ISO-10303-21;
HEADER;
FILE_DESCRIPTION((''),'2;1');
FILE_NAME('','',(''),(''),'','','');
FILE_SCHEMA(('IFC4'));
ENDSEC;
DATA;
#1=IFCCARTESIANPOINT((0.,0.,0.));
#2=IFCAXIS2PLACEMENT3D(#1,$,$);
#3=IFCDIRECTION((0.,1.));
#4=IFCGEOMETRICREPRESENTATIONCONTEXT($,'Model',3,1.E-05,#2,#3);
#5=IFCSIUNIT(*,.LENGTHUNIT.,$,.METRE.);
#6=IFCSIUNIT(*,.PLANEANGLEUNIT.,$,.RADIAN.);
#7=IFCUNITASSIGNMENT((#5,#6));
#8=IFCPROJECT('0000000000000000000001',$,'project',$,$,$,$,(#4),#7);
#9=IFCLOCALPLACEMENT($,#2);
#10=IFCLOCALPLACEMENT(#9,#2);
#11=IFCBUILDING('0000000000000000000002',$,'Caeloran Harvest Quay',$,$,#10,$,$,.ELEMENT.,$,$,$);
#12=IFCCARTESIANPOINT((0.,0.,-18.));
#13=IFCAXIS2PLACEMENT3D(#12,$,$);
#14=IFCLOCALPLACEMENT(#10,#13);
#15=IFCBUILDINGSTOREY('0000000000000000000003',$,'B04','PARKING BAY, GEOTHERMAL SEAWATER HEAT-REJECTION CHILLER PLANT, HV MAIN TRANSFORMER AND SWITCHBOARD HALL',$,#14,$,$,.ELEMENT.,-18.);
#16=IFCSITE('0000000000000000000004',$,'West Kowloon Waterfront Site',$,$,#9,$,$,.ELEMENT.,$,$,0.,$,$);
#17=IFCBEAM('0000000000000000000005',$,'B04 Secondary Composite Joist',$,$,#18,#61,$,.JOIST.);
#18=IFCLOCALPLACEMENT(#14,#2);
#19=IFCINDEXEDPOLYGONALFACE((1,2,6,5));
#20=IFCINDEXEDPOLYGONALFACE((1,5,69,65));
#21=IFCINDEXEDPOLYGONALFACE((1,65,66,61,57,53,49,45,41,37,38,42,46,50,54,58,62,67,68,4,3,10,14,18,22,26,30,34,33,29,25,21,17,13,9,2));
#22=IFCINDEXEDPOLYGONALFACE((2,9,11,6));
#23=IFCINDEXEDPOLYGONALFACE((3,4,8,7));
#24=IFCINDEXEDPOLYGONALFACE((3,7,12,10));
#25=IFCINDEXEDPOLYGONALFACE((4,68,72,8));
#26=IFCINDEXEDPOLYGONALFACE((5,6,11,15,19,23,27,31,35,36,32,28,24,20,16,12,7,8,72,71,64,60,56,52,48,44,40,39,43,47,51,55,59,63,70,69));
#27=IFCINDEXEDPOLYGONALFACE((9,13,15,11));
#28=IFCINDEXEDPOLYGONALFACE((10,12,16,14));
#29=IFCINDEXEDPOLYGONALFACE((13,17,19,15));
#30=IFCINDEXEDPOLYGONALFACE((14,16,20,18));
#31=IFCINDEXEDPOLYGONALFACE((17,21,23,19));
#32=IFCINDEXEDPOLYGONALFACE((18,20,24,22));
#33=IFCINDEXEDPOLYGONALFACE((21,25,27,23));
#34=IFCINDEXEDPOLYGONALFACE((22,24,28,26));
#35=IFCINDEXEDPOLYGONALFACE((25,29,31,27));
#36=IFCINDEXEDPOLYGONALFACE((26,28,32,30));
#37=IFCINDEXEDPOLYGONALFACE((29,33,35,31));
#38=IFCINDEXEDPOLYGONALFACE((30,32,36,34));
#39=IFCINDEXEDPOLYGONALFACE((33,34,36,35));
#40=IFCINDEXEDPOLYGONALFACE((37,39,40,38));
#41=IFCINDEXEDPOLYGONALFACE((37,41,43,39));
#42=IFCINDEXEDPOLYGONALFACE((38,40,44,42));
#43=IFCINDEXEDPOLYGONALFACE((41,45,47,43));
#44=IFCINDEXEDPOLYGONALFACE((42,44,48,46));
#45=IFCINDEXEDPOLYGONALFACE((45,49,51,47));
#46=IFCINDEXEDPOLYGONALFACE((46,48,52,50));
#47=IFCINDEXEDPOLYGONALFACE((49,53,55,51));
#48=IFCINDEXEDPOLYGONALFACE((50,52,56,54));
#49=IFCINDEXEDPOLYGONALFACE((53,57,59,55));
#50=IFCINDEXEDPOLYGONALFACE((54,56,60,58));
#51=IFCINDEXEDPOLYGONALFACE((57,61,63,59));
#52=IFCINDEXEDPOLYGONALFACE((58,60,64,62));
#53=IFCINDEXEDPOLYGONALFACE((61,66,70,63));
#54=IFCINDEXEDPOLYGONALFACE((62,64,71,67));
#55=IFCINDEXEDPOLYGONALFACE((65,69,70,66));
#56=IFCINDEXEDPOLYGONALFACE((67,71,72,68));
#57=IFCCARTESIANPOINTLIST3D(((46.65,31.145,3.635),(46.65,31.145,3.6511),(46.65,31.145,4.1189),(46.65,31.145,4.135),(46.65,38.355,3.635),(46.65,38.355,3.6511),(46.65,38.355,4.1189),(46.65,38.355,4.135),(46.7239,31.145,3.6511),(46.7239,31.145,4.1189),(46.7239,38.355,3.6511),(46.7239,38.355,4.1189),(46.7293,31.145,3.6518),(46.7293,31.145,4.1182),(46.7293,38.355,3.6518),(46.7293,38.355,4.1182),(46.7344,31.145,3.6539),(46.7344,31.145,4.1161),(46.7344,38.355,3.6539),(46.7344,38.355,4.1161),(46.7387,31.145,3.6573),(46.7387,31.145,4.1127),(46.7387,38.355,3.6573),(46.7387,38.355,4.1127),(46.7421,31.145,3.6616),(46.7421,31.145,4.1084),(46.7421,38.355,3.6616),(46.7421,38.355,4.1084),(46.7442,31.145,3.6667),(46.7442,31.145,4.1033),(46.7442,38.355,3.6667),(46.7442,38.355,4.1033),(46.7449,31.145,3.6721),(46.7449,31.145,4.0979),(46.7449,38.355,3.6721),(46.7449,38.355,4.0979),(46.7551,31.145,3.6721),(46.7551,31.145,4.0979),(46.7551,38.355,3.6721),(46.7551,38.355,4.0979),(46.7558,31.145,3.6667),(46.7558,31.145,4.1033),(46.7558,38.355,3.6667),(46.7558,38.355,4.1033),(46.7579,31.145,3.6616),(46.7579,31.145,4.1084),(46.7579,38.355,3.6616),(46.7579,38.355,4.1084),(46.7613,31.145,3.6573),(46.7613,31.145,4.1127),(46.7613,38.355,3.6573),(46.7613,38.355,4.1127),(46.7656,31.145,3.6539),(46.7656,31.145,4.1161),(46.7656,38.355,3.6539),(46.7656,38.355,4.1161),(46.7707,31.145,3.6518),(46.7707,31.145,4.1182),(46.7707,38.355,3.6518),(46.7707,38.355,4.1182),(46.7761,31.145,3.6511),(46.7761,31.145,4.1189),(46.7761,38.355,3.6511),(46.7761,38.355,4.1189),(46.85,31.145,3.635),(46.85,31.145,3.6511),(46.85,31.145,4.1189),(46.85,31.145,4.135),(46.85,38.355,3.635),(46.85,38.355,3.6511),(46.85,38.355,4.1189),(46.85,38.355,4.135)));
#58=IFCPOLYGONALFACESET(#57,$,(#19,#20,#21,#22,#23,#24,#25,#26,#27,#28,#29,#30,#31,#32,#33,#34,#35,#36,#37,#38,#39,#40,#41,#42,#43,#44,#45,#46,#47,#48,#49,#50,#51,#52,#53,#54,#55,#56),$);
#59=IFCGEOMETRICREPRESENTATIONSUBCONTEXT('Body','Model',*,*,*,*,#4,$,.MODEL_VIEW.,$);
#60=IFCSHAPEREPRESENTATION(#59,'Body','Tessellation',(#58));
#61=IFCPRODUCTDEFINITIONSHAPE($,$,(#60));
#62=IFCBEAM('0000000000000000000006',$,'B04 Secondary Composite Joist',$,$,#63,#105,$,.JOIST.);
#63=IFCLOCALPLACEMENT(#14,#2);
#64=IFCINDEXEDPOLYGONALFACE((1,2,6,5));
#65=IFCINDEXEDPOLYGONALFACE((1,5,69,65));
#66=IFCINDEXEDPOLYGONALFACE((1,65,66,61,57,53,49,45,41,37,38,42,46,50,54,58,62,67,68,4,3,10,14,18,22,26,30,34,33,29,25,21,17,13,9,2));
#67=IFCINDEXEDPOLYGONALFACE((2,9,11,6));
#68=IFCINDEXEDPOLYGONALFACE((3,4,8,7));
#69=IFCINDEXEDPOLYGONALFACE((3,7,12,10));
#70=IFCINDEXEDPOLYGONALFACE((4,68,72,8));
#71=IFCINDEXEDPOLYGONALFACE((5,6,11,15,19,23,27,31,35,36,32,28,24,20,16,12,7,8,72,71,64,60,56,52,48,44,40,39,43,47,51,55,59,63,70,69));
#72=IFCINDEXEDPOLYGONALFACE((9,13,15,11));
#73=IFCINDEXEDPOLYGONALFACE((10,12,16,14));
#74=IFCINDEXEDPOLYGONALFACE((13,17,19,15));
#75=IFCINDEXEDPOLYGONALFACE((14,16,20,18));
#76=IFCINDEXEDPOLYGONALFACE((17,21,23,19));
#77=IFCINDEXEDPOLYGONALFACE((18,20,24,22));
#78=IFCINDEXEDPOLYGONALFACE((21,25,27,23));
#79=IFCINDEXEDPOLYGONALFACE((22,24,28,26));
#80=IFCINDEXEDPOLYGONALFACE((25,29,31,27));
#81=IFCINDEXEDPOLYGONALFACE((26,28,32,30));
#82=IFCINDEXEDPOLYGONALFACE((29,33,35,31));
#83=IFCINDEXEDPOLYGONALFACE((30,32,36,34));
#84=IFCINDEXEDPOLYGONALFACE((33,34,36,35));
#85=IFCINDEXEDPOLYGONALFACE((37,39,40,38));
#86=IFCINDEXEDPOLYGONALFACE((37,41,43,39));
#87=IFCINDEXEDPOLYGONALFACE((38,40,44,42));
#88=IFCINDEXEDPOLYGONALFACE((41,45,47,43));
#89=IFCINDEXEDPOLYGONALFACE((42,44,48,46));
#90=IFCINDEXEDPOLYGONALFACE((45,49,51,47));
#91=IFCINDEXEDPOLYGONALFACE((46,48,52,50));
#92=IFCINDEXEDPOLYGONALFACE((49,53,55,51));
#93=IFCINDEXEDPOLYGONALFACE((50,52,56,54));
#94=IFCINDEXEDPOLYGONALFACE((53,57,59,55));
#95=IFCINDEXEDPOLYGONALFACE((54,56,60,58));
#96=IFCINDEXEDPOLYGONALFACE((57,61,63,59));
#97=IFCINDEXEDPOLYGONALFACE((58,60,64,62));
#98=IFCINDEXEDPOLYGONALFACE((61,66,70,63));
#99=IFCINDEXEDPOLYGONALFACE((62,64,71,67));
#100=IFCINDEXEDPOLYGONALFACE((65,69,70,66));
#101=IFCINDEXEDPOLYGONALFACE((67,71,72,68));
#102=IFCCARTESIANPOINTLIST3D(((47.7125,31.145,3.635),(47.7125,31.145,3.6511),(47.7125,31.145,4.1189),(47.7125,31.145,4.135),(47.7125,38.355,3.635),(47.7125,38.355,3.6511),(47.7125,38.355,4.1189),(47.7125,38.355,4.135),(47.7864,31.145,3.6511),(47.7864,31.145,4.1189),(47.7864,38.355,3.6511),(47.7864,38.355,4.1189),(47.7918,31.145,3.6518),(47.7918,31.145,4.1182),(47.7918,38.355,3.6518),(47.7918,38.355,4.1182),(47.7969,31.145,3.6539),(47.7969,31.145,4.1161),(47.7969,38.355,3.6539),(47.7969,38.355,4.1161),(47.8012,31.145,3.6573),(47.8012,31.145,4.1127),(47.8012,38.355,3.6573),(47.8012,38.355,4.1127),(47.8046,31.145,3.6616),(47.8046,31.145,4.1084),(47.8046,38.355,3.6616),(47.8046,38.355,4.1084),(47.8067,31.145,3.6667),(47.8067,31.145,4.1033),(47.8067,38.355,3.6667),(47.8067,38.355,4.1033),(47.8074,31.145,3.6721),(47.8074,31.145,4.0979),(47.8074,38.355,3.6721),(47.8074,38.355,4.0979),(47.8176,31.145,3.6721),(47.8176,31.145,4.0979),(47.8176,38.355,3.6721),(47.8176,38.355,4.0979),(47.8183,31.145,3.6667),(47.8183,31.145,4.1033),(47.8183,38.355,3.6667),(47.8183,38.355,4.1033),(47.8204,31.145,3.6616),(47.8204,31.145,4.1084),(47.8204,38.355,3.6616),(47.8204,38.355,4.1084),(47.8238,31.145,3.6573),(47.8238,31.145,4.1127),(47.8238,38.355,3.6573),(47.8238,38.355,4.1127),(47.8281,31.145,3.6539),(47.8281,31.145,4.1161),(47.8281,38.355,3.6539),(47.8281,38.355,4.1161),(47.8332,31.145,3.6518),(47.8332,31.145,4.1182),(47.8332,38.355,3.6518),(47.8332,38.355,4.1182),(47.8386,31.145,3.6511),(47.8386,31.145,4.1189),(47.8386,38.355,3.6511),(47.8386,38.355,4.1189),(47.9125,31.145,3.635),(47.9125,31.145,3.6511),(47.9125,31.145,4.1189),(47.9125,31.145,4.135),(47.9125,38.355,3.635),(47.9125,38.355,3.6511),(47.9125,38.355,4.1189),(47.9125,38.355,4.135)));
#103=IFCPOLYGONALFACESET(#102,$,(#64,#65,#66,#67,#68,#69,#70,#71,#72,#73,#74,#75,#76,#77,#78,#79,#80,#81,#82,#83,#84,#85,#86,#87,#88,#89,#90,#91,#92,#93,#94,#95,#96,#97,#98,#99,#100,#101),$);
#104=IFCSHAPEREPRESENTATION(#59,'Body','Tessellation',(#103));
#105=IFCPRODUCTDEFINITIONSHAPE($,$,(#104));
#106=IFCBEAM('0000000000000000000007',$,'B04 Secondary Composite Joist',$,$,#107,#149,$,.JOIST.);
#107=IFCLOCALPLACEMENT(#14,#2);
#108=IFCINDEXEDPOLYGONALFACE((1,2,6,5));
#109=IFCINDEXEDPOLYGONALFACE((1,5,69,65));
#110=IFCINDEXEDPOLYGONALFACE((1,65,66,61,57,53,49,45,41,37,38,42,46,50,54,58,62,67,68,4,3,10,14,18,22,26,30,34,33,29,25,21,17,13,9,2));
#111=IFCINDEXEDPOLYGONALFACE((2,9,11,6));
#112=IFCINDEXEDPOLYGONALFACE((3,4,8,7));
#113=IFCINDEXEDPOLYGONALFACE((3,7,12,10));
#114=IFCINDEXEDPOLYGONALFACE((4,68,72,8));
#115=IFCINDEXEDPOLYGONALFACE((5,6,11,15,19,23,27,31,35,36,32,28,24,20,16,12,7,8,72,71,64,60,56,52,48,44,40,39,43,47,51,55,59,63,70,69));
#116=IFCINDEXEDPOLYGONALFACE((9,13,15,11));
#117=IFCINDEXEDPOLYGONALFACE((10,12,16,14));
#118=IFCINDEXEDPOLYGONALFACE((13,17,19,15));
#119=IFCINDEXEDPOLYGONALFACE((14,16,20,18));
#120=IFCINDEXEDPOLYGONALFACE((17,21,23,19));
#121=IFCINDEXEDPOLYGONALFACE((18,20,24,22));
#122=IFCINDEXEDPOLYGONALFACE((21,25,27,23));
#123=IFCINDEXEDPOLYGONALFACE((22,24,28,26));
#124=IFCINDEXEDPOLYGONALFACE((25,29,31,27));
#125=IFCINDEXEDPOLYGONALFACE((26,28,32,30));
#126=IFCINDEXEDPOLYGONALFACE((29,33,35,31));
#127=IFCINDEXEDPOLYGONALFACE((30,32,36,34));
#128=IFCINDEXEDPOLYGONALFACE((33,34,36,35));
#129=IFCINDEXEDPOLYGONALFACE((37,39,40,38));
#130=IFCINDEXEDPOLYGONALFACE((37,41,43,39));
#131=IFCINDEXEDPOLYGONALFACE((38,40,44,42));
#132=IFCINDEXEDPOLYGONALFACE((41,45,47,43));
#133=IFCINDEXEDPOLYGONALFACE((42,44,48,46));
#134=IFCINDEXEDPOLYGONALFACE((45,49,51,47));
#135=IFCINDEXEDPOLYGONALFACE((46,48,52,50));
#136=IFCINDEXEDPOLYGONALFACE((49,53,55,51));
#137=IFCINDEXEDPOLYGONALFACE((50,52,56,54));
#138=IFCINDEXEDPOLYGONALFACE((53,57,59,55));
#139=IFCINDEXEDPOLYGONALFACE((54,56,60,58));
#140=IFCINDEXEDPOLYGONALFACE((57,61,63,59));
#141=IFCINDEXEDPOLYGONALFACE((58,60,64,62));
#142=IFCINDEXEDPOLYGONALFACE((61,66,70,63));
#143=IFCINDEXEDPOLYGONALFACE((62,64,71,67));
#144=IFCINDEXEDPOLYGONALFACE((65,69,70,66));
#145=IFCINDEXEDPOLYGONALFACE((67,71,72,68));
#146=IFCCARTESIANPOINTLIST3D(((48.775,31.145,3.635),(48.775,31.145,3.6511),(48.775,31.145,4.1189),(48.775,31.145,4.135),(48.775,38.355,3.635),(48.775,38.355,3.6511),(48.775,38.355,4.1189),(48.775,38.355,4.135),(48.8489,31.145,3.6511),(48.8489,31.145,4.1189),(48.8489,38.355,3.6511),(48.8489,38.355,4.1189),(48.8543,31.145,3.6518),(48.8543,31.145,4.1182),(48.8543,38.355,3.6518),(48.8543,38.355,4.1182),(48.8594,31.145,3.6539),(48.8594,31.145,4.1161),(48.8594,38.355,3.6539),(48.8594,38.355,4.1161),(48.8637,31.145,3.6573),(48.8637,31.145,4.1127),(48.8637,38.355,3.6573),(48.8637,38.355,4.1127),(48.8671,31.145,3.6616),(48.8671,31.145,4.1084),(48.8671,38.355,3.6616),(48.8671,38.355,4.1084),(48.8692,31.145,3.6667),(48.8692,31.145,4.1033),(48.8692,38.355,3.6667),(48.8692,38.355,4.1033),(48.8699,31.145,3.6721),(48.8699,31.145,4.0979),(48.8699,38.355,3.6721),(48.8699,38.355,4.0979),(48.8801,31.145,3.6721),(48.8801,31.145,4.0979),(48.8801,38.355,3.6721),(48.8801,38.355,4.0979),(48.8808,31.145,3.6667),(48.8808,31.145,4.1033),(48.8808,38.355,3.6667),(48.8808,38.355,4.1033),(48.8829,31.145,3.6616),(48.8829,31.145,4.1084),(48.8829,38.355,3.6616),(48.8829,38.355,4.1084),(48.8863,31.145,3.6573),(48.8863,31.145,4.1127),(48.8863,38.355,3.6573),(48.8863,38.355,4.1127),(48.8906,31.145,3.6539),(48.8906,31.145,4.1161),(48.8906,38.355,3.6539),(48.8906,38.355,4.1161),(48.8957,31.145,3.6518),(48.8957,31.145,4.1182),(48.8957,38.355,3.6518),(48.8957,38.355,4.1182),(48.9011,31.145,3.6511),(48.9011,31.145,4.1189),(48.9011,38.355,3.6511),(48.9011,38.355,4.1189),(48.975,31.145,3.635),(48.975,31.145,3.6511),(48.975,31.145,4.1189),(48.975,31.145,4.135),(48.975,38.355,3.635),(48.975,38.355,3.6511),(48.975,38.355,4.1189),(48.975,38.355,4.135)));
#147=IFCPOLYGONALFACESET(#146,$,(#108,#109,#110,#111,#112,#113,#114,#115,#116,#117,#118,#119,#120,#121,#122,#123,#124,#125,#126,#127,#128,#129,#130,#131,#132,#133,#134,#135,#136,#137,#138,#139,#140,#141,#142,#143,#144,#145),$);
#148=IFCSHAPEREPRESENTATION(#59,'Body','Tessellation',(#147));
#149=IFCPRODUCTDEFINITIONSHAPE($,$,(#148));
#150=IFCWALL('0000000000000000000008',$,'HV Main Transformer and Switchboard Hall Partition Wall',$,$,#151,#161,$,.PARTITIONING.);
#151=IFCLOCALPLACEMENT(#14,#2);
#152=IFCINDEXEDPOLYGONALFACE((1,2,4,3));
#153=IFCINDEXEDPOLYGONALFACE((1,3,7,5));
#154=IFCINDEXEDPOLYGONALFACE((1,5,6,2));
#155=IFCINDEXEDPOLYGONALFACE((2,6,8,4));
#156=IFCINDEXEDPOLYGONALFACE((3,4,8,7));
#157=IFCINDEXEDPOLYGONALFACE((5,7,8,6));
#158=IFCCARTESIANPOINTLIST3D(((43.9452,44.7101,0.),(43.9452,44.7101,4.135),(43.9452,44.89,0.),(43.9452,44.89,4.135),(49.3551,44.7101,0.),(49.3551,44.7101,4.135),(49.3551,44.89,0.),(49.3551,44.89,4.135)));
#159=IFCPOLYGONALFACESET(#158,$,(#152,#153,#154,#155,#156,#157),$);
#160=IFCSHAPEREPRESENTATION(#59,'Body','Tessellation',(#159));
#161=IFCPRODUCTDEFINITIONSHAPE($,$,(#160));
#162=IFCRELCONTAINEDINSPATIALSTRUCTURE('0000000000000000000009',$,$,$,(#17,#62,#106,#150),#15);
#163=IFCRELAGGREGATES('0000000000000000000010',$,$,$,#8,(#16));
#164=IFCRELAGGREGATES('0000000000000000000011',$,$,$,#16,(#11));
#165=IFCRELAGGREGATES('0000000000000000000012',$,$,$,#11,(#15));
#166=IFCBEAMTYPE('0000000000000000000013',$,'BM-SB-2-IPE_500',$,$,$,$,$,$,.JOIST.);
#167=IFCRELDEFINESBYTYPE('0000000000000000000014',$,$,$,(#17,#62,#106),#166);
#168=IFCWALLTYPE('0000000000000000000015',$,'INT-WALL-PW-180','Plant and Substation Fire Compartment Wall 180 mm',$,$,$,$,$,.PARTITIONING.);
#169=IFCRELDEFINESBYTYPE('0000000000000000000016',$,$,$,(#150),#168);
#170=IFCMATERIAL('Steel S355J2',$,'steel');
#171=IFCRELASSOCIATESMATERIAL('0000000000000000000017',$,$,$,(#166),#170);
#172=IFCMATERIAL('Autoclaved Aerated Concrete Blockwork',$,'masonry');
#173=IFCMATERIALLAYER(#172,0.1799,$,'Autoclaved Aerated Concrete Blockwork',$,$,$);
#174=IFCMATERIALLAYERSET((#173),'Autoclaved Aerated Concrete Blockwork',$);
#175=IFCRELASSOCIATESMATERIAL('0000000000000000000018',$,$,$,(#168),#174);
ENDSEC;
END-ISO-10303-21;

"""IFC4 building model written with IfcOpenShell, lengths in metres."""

from ifc_helpers import new_model, si_unit, direction, frame, frame_2d, origin, origin_2d, place, context, subcontext, project, spatial, rectangle, i_section, extrude, material, layer, layer_set, material_profile, profile_set, type_object, element, save


model = new_model("IFC4")

# Units and contexts
model_context = context("Model", 3, precision=1e-05, world=origin(), true_north=direction((0.0, 1.0)))
body_context = subcontext(model_context, "Body", "Model", "MODEL_VIEW")
ifc_project = project(units=[si_unit("LENGTHUNIT", "METRE"), si_unit("PLANEANGLEUNIT", "RADIAN")], contexts=[model_context])

# Site, building, storey
site_placement = place(None, origin())
site = spatial("IfcSite", under=ifc_project, at=site_placement, Name="West Kowloon Waterfront Site", CompositionType="ELEMENT", RefElevation=0.0)
building_placement = place(site_placement, origin())
building = spatial("IfcBuilding", under=site, at=building_placement, Name="Caeloran Harvest Quay", CompositionType="ELEMENT")
storey_placement = place(building_placement, frame((0.0, 0.0, -18.0)))
storey = spatial("IfcBuildingStorey", under=building, at=storey_placement, Name="B04", Description="PARKING BAY, GEOTHERMAL SEAWATER HEAT-REJECTION CHILLER PLANT, HV MAIN TRANSFORMER AND SWITCHBOARD HALL", CompositionType="ELEMENT", Elevation=-18.0)

# Beams
ifc_material_1 = material(Name="Steel S355J2", Category="steel")
ifc_material_profile_1 = material_profile(ifc_material_1, i_section(OverallWidth=0.2, OverallDepth=0.5, WebThickness=0.0103, FlangeThickness=0.0161, FilletRadius=0.021, at=origin_2d()), Name="IPE 500")
ifc_profile_set_1 = profile_set([ifc_material_profile_1], Name="Steel S355J2")
beam_type_1 = type_object("IfcBeamType", Name="BM-SB-2-IPE_500", PredefinedType="JOIST", material=ifc_profile_set_1)
for number, where, z_axis, x_axis, name in (
    (1, (46.75, 31.145, 3.885), (0.0, 1.0, 0.0), (-1.0, 0.0, 0.0), "B04 Secondary Composite Joist"),
    (2, (47.8125, 31.145, 3.885), (0.0, 1.0, 0.0), (-1.0, 0.0, 0.0), "B04 Secondary Composite Joist"),
    (3, (48.875, 31.145, 3.885), (0.0, 1.0, 0.0), (-1.0, 0.0, 0.0), "B04 Secondary Composite Joist"),
):
    element("IfcBeam", number, at=place(storey_placement, frame(where, z_axis=z_axis, x_axis=x_axis)), inside=storey, type_object=beam_type_1, Name=name, PredefinedType="JOIST", context=body_context, shape_type="SweptSolid", body=[
        extrude(i_section(OverallWidth=0.2, OverallDepth=0.5, WebThickness=0.0103, FlangeThickness=0.0161, FilletRadius=0.021, at=origin_2d()), origin(), (0.0, 0.0, 1.0), 7.21),
    ])

# Wall
ifc_material_2 = material(Name="Autoclaved Aerated Concrete Blockwork", Category="masonry")
ifc_layer = layer(ifc_material_2, 0.1799, Name="Autoclaved Aerated Concrete Blockwork")
ifc_layer_set = layer_set([ifc_layer], Name="Autoclaved Aerated Concrete Blockwork")
wall_type = type_object("IfcWallType", Name="INT-WALL-PW-180", Description="Plant and Substation Fire Compartment Wall 180 mm", PredefinedType="PARTITIONING", material=ifc_layer_set)
wall_placement = place(storey_placement, frame((43.9451, 44.8, 0.0), z_axis=(0.0, 0.0, 1.0), x_axis=(1.0, 0.0, 0.0)))
element("IfcWall", 4, at=wall_placement, inside=storey, type_object=wall_type, Name="HV Main Transformer and Switchboard Hall Partition Wall", PredefinedType="PARTITIONING", context=body_context, shape_type="SweptSolid", body=[
    extrude(rectangle(XDim=5.4099, YDim=0.1799, at=frame_2d((2.7051, 0.0))), origin(), (0.0, 0.0, 1.0), 4.135),
])

save(model, "model.ifc")
